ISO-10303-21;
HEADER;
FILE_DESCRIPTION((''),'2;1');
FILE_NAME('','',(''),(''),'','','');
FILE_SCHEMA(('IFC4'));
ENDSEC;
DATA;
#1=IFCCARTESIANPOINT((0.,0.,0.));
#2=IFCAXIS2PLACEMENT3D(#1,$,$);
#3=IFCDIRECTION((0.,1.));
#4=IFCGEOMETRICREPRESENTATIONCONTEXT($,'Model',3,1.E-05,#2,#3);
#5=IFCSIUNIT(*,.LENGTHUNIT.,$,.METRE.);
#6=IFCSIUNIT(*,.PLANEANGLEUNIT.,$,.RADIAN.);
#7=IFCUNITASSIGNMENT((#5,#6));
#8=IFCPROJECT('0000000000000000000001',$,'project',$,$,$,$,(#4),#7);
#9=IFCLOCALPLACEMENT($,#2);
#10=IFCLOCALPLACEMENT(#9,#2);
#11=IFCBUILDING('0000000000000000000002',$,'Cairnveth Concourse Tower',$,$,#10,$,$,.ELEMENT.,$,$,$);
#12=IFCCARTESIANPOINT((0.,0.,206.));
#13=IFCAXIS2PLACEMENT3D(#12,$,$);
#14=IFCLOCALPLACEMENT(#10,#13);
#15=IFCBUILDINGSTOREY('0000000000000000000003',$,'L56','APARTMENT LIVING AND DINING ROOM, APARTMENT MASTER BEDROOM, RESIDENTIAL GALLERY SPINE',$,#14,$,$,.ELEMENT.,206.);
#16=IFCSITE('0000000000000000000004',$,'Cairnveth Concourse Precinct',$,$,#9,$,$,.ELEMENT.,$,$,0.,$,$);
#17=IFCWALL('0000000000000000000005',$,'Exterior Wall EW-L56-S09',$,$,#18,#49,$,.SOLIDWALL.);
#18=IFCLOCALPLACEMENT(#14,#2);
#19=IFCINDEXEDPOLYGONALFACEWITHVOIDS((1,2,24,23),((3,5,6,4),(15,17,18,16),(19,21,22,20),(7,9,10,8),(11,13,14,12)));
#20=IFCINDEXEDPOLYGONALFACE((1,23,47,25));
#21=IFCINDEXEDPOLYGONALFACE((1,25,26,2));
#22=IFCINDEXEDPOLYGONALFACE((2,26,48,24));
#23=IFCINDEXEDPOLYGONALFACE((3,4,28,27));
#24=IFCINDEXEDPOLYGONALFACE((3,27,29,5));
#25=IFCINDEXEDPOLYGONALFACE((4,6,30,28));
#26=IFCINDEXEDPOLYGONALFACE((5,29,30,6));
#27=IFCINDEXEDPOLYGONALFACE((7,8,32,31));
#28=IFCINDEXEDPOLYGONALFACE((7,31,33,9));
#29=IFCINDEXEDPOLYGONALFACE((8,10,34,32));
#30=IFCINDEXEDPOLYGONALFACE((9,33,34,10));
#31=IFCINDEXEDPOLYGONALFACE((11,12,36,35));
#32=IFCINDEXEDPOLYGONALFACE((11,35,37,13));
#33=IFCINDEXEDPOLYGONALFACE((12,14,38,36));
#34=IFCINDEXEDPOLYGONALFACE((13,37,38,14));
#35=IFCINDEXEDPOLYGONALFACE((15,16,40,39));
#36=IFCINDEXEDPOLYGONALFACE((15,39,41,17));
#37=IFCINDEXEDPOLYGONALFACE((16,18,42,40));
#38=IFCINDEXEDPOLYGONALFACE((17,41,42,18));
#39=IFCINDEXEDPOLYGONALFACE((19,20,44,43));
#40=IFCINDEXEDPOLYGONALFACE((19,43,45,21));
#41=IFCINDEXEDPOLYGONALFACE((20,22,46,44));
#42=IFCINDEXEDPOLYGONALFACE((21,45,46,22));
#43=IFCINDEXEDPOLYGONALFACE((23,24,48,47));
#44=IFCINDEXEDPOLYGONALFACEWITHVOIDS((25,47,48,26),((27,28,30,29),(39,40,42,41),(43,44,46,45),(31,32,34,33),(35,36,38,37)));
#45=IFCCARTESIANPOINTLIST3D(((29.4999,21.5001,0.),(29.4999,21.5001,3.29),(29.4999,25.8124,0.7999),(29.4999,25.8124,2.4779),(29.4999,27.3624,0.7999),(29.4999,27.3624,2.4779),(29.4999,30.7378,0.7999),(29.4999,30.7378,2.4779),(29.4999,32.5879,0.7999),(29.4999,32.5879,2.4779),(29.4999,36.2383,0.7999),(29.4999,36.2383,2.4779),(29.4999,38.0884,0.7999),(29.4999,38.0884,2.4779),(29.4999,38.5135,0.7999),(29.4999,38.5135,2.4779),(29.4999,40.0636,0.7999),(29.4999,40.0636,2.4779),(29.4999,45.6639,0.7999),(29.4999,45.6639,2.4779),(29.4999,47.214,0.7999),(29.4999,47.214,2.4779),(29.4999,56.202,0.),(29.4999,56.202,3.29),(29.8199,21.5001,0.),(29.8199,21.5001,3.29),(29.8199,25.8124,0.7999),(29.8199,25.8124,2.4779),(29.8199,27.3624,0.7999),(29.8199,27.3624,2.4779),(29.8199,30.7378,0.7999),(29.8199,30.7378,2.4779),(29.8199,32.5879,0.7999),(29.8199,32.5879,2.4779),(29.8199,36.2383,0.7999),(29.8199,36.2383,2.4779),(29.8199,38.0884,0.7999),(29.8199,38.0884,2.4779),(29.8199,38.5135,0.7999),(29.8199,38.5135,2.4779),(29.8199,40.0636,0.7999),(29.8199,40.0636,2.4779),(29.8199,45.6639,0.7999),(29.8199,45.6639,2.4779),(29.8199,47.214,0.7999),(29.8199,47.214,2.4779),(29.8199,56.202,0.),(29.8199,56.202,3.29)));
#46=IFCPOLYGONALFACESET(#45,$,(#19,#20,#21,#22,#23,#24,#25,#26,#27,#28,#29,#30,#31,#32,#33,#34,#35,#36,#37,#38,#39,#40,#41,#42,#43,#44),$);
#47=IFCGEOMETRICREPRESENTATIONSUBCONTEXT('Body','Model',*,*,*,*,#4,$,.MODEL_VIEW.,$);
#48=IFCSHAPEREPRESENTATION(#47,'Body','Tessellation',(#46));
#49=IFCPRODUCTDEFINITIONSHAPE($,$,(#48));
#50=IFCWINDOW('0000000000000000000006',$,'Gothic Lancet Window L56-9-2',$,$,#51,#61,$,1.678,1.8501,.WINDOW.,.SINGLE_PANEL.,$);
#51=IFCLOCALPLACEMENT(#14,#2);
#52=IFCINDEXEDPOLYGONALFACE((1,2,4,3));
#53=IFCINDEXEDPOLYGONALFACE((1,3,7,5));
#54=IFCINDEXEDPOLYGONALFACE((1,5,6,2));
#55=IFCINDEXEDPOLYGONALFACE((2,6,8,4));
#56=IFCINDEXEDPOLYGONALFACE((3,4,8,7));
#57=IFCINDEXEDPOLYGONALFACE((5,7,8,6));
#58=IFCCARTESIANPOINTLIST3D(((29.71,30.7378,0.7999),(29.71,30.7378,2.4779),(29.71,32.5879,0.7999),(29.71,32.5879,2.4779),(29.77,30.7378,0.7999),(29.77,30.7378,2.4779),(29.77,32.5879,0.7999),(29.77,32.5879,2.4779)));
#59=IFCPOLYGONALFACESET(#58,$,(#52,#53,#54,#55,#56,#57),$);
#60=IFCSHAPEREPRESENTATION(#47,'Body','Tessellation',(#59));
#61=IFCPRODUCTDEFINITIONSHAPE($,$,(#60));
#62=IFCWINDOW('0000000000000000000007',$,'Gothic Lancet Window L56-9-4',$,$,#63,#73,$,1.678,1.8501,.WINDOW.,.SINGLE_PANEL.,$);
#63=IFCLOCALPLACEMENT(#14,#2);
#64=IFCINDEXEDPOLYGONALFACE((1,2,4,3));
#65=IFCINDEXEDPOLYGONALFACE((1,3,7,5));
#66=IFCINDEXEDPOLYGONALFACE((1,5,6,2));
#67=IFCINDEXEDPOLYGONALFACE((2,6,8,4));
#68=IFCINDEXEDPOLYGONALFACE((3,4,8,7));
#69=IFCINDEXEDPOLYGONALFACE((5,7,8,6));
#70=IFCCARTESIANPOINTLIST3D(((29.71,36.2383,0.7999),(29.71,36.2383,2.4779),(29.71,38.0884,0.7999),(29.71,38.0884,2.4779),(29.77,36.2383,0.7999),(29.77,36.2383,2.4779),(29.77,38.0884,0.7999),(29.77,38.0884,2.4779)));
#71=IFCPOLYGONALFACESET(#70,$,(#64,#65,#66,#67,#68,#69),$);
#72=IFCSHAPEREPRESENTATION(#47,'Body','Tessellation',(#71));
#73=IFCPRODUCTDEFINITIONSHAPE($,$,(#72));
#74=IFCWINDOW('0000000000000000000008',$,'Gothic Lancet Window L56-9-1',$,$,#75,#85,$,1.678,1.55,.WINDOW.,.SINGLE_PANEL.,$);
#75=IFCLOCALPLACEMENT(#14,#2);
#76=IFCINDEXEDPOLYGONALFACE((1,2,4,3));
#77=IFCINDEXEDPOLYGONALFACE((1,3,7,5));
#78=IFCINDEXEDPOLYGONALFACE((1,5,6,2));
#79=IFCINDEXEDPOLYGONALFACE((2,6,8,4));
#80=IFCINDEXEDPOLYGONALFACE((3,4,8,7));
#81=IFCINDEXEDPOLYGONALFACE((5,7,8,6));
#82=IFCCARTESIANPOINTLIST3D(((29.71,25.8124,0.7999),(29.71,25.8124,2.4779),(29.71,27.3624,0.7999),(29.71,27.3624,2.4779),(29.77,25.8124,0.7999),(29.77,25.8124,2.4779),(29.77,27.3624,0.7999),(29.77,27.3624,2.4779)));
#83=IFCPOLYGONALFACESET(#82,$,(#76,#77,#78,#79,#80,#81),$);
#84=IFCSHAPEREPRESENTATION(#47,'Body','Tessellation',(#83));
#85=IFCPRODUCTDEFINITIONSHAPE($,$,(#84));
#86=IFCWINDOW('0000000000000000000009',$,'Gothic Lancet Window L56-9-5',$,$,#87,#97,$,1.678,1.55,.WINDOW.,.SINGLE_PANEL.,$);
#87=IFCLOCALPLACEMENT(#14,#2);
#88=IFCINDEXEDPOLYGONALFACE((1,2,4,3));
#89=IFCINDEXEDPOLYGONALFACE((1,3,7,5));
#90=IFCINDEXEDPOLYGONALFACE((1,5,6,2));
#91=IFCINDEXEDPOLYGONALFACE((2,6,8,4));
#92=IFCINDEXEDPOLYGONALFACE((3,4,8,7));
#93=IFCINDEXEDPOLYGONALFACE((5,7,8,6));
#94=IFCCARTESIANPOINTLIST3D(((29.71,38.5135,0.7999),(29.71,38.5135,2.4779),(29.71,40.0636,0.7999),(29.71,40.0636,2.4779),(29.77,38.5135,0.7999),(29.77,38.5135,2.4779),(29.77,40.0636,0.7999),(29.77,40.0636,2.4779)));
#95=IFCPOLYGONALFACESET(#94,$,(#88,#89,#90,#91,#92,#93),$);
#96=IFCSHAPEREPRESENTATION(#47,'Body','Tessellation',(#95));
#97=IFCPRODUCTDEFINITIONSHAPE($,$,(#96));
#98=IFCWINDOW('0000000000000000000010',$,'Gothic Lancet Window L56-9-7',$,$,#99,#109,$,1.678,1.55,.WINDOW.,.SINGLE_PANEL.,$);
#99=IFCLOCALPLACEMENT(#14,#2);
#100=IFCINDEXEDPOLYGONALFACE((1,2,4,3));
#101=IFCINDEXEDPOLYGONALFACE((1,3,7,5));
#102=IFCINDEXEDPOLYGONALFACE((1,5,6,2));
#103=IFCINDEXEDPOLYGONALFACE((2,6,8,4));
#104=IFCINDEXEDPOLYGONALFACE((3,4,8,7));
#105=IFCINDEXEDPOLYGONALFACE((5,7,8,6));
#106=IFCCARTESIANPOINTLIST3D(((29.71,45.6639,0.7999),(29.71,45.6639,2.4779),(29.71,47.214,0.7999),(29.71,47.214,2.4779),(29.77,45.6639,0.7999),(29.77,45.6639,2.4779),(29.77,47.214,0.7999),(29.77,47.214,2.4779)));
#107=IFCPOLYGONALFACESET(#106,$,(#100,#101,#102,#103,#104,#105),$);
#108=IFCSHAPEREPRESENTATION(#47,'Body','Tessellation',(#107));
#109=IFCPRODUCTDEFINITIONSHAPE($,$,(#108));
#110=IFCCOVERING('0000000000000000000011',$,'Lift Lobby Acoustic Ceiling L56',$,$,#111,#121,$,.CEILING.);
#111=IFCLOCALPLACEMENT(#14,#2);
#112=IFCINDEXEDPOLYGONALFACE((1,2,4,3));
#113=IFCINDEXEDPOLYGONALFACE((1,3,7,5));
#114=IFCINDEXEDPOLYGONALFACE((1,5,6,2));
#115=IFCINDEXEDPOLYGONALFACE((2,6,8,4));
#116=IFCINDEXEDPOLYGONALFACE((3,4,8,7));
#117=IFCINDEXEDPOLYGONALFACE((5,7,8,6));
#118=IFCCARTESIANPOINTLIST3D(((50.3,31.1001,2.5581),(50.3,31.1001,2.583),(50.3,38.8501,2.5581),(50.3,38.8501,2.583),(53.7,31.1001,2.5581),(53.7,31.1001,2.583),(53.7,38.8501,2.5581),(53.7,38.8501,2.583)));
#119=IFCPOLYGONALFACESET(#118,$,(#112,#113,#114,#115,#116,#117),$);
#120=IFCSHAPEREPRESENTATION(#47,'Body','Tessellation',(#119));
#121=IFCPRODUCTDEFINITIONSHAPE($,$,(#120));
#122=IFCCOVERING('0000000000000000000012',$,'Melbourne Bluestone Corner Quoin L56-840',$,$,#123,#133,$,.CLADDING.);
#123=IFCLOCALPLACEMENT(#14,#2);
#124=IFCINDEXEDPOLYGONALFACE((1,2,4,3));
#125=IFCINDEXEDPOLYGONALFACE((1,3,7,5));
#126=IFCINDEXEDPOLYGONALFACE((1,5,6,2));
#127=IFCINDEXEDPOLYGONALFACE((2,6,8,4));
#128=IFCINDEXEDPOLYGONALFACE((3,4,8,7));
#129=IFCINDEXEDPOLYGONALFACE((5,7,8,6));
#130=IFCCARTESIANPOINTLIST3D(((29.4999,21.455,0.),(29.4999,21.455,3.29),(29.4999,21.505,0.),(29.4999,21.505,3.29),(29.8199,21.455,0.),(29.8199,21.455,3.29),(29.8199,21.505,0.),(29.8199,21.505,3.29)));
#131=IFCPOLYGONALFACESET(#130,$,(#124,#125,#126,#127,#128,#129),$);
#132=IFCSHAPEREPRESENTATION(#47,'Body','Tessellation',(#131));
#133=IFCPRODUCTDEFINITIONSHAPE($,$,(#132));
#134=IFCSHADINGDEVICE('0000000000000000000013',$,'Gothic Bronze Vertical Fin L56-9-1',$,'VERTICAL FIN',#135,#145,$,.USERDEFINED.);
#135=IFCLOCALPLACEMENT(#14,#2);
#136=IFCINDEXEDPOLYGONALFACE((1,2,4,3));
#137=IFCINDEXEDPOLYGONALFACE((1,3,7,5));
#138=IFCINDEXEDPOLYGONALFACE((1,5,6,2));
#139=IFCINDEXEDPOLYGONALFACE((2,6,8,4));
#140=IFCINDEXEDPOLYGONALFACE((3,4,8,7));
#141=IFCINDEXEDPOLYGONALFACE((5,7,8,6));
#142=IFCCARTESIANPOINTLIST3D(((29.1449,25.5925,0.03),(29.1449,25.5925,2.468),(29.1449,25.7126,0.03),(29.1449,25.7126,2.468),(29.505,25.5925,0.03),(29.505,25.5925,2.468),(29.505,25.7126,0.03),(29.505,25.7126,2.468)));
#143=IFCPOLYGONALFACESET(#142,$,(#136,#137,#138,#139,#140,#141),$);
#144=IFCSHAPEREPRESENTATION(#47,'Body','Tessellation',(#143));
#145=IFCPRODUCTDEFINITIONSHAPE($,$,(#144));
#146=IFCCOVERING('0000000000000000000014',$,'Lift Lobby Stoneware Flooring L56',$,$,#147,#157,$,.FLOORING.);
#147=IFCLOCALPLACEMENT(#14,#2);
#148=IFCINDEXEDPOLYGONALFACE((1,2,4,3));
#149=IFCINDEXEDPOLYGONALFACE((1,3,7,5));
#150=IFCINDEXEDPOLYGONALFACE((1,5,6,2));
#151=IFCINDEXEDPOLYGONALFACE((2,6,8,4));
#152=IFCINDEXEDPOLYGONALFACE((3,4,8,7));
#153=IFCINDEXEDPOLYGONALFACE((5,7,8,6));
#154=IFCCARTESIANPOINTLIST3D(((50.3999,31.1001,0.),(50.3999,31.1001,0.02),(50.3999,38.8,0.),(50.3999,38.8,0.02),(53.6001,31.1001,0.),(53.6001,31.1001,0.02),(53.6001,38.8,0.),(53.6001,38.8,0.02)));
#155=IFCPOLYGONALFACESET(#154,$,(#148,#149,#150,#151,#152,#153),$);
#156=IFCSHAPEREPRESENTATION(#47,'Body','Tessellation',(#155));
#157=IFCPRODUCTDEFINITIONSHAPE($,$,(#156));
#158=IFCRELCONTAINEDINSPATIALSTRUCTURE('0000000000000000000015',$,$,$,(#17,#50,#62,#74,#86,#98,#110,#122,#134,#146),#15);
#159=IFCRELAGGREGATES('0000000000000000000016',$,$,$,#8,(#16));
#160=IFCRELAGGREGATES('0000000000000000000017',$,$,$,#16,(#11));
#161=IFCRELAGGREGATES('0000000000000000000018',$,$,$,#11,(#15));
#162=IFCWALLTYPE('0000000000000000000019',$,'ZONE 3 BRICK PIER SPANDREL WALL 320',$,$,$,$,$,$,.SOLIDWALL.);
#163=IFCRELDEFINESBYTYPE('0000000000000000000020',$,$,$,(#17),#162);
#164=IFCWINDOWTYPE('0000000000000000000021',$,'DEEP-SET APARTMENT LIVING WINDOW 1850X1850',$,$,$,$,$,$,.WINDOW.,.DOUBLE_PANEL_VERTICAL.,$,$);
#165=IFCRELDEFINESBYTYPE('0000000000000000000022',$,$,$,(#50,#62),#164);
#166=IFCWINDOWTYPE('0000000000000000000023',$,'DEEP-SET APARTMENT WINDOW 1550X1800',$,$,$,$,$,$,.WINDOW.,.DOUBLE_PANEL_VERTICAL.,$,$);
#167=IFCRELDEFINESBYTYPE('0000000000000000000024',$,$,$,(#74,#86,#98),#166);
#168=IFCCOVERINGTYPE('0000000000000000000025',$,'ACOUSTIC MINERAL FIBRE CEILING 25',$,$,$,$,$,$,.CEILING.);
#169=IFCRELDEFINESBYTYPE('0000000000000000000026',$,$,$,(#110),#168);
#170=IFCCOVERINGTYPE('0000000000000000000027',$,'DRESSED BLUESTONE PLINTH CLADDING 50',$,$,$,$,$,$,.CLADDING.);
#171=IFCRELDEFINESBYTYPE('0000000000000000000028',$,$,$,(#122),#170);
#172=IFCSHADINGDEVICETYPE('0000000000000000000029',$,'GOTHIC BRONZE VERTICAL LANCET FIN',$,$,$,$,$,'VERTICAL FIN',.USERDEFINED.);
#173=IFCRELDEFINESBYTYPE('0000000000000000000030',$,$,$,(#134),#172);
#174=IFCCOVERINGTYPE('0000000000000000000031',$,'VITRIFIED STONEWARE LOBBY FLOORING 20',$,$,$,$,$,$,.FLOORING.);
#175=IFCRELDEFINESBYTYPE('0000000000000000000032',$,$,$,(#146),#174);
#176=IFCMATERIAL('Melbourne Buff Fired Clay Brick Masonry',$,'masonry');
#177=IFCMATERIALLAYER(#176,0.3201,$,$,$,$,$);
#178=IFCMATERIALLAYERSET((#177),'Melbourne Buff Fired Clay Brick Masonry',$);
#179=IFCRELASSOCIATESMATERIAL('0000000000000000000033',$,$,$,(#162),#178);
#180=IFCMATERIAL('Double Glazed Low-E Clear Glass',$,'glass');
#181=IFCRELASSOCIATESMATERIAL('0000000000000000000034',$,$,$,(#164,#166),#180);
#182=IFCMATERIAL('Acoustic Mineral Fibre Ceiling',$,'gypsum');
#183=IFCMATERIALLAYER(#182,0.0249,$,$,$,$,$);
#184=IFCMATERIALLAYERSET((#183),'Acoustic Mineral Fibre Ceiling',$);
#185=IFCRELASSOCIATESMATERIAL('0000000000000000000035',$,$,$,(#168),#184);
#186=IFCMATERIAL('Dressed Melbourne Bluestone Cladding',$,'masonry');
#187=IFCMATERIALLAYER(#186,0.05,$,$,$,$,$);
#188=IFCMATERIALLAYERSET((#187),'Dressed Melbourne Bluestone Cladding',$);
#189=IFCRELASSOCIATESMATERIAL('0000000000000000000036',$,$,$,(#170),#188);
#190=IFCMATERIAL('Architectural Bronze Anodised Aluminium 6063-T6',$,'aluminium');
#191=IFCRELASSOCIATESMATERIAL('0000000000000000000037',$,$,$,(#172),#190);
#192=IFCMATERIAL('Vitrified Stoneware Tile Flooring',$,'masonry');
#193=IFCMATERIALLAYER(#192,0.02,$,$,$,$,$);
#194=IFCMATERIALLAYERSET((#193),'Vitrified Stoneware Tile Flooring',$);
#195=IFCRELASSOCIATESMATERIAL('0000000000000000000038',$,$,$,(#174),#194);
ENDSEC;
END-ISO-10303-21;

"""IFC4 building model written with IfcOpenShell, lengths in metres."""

from ifc_helpers import new_model, si_unit, direction, frame, frame_2d, origin, origin_2d, place, context, subcontext, project, spatial, polyline, rectangle, outline, extrude, material, layer, layer_set, type_object, element, fill, save


model = new_model("IFC4")

# Units and contexts
model_context = context("Model", 3, precision=1e-05, world=origin(), true_north=direction((0.0, 1.0)))
body_context = subcontext(model_context, "Body", "Model", "MODEL_VIEW")
ifc_project = project(units=[si_unit("LENGTHUNIT", "METRE"), si_unit("PLANEANGLEUNIT", "RADIAN")], contexts=[model_context])

# Site, building, storey
site_placement = place(None, origin())
site = spatial("IfcSite", under=ifc_project, at=site_placement, Name="Cairnveth Concourse Precinct", CompositionType="ELEMENT", RefElevation=0.0)
building_placement = place(site_placement, origin())
building = spatial("IfcBuilding", under=site, at=building_placement, Name="Cairnveth Concourse Tower", CompositionType="ELEMENT")
storey_placement = place(building_placement, frame((0.0, 0.0, 206.0)))
storey = spatial("IfcBuildingStorey", under=building, at=storey_placement, Name="L56", Description="APARTMENT LIVING AND DINING ROOM, APARTMENT MASTER BEDROOM, RESIDENTIAL GALLERY SPINE", CompositionType="ELEMENT", Elevation=206.0)

# Wall, openings, windows
ifc_material_1 = material(Name="Melbourne Buff Fired Clay Brick Masonry", Category="masonry")
ifc_layer_1 = layer(ifc_material_1, 0.3201)
ifc_layer_set_1 = layer_set([ifc_layer_1], Name="Melbourne Buff Fired Clay Brick Masonry")
wall_type_1 = type_object("IfcWallType", Name="ZONE 3 BRICK PIER SPANDREL WALL 320", PredefinedType="SOLIDWALL", material=ifc_layer_set_1)
wall_1_placement = place(storey_placement, frame((29.6599, 21.5, 0.0), z_axis=(0.0, 0.0, 1.0), x_axis=(0.0, 1.0, 0.0)))
wall_1 = element("IfcWall", 1, at=wall_1_placement, inside=storey, type_object=wall_type_1, Name="Exterior Wall EW-L56-S09", PredefinedType="SOLIDWALL", context=body_context, shape_type="SweptSolid", body=[
    extrude(rectangle(XDim=34.7019, YDim=0.3201, at=frame_2d((17.3511, 0.0))), origin(), (0.0, 0.0, 1.0), 3.29),
])
opening_1_placement = place(wall_1_placement, frame((4.3125, 0.0, 0.8)))
opening_1 = element("IfcOpeningElement", 2, at=opening_1_placement, cuts=wall_1, PredefinedType="OPENING", context=body_context, shape_type="SweptSolid", body=[
    extrude(rectangle(XDim=1.55, YDim=1.678, at=frame_2d((0.7749, 0.8389))), frame((0.0, 0.1699, 0.0), z_axis=(0.0, -1.0, 0.0), x_axis=(1.0, 0.0, 0.0)), (0.0, 0.0, 1.0), 0.3401),
])
opening_2_placement = place(wall_1_placement, frame((9.2378, 0.0, 0.8)))
opening_2 = element("IfcOpeningElement", 3, at=opening_2_placement, cuts=wall_1, PredefinedType="OPENING", context=body_context, shape_type="SweptSolid", body=[
    extrude(rectangle(XDim=1.8501, YDim=1.678, at=frame_2d((0.925, 0.8389))), frame((0.0, 0.1699, 0.0), z_axis=(0.0, -1.0, 0.0), x_axis=(1.0, 0.0, 0.0)), (0.0, 0.0, 1.0), 0.3401),
])
opening_3_placement = place(wall_1_placement, frame((14.7383, 0.0, 0.8)))
opening_3 = element("IfcOpeningElement", 4, at=opening_3_placement, cuts=wall_1, PredefinedType="OPENING", context=body_context, shape_type="SweptSolid", body=[
    extrude(rectangle(XDim=1.8501, YDim=1.678, at=frame_2d((0.925, 0.8389))), frame((0.0, 0.1699, 0.0), z_axis=(0.0, -1.0, 0.0), x_axis=(1.0, 0.0, 0.0)), (0.0, 0.0, 1.0), 0.3401),
])
opening_4_placement = place(wall_1_placement, frame((17.0137, 0.0, 0.8)))
opening_4 = element("IfcOpeningElement", 5, at=opening_4_placement, cuts=wall_1, PredefinedType="OPENING", context=body_context, shape_type="SweptSolid", body=[
    extrude(rectangle(XDim=1.55, YDim=1.678, at=frame_2d((0.7749, 0.8389))), frame((0.0, 0.1699, 0.0), z_axis=(0.0, -1.0, 0.0), x_axis=(1.0, 0.0, 0.0)), (0.0, 0.0, 1.0), 0.3401),
])
opening_5_placement = place(wall_1_placement, frame((24.1641, 0.0, 0.8)))
opening_5 = element("IfcOpeningElement", 6, at=opening_5_placement, cuts=wall_1, PredefinedType="OPENING", context=body_context, shape_type="SweptSolid", body=[
    extrude(rectangle(XDim=1.55, YDim=1.678, at=frame_2d((0.7749, 0.8389))), frame((0.0, 0.1699, 0.0), z_axis=(0.0, -1.0, 0.0), x_axis=(1.0, 0.0, 0.0)), (0.0, 0.0, 1.0), 0.3401),
])
ifc_material_2 = material(Name="Double Glazed Low-E Clear Glass", Category="glass")
window_type_1 = type_object("IfcWindowType", Name="DEEP-SET APARTMENT LIVING WINDOW 1850X1850", PartitioningType="DOUBLE_PANEL_VERTICAL", PredefinedType="WINDOW", material=ifc_material_2)
window_1_placement = place(opening_2_placement, origin())
window_1 = element("IfcWindow", 7, at=window_1_placement, inside=storey, type_object=window_type_1, Name="Gothic Lancet Window L56-9-2", OverallHeight=1.678, OverallWidth=1.8501, PartitioningType="SINGLE_PANEL", PredefinedType="WINDOW", context=body_context, shape_type="SweptSolid", body=[
    extrude(rectangle(XDim=1.8501, YDim=1.678, at=frame_2d((0.925, 0.8389))), frame((0.0, -0.05, 0.0), z_axis=(0.0, -1.0, 0.0), x_axis=(1.0, 0.0, 0.0)), (0.0, 0.0, 1.0), 0.0601),
])
fill(opening_2, window_1)
window_2_placement = place(opening_3_placement, origin())
window_2 = element("IfcWindow", 8, at=window_2_placement, inside=storey, type_object=window_type_1, Name="Gothic Lancet Window L56-9-4", OverallHeight=1.678, OverallWidth=1.8501, PartitioningType="SINGLE_PANEL", PredefinedType="WINDOW", context=body_context, shape_type="SweptSolid", body=[
    extrude(rectangle(XDim=1.8501, YDim=1.678, at=frame_2d((0.925, 0.8389))), frame((0.0, -0.05, 0.0), z_axis=(0.0, -1.0, 0.0), x_axis=(1.0, 0.0, 0.0)), (0.0, 0.0, 1.0), 0.0601),
])
fill(opening_3, window_2)
window_type_2 = type_object("IfcWindowType", Name="DEEP-SET APARTMENT WINDOW 1550X1800", PartitioningType="DOUBLE_PANEL_VERTICAL", PredefinedType="WINDOW", material=ifc_material_2)
window_3_placement = place(opening_1_placement, origin())
window_3 = element("IfcWindow", 9, at=window_3_placement, inside=storey, type_object=window_type_2, Name="Gothic Lancet Window L56-9-1", OverallHeight=1.678, OverallWidth=1.55, PartitioningType="SINGLE_PANEL", PredefinedType="WINDOW", context=body_context, shape_type="SweptSolid", body=[
    extrude(rectangle(XDim=1.55, YDim=1.678, at=frame_2d((0.7749, 0.8389))), frame((0.0, -0.05, 0.0), z_axis=(0.0, -1.0, 0.0), x_axis=(1.0, 0.0, 0.0)), (0.0, 0.0, 1.0), 0.0601),
])
fill(opening_1, window_3)
window_4_placement = place(opening_4_placement, origin())
window_4 = element("IfcWindow", 10, at=window_4_placement, inside=storey, type_object=window_type_2, Name="Gothic Lancet Window L56-9-5", OverallHeight=1.678, OverallWidth=1.55, PartitioningType="SINGLE_PANEL", PredefinedType="WINDOW", context=body_context, shape_type="SweptSolid", body=[
    extrude(rectangle(XDim=1.55, YDim=1.678, at=frame_2d((0.7749, 0.8389))), frame((0.0, -0.05, 0.0), z_axis=(0.0, -1.0, 0.0), x_axis=(1.0, 0.0, 0.0)), (0.0, 0.0, 1.0), 0.0601),
])
fill(opening_4, window_4)
window_5_placement = place(opening_5_placement, origin())
window_5 = element("IfcWindow", 11, at=window_5_placement, inside=storey, type_object=window_type_2, Name="Gothic Lancet Window L56-9-7", OverallHeight=1.678, OverallWidth=1.55, PartitioningType="SINGLE_PANEL", PredefinedType="WINDOW", context=body_context, shape_type="SweptSolid", body=[
    extrude(rectangle(XDim=1.55, YDim=1.678, at=frame_2d((0.7749, 0.8389))), frame((0.0, -0.05, 0.0), z_axis=(0.0, -1.0, 0.0), x_axis=(1.0, 0.0, 0.0)), (0.0, 0.0, 1.0), 0.0601),
])
fill(opening_5, window_5)

# Coverings
ifc_material_3 = material(Name="Acoustic Mineral Fibre Ceiling", Category="gypsum")
ifc_layer_2 = layer(ifc_material_3, 0.0249)
ifc_layer_set_2 = layer_set([ifc_layer_2], Name="Acoustic Mineral Fibre Ceiling")
covering_type_1 = type_object("IfcCoveringType", Name="ACOUSTIC MINERAL FIBRE CEILING 25", PredefinedType="CEILING", material=ifc_layer_set_2)
covering_1_placement = place(storey_placement, frame((0.0, 0.0, 2.5581)))
element("IfcCovering", 12, at=covering_1_placement, inside=storey, type_object=covering_type_1, Name="Lift Lobby Acoustic Ceiling L56", PredefinedType="CEILING", context=body_context, shape_type="SweptSolid", body=[
    extrude(outline(polyline([(50.3, 31.1001), (53.7, 31.1001), (53.7, 38.8501), (50.3, 38.8501), (50.3, 31.1001)])), origin(), (0.0, 0.0, 1.0), 0.0249),
])
ifc_material_4 = material(Name="Dressed Melbourne Bluestone Cladding", Category="masonry")
ifc_layer_3 = layer(ifc_material_4, 0.05)
ifc_layer_set_3 = layer_set([ifc_layer_3], Name="Dressed Melbourne Bluestone Cladding")
covering_type_2 = type_object("IfcCoveringType", Name="DRESSED BLUESTONE PLINTH CLADDING 50", PredefinedType="CLADDING", material=ifc_layer_set_3)
covering_2_placement = place(storey_placement, frame((29.8201, 21.48, 0.0), z_axis=(0.0, 0.0, 1.0), x_axis=(-1.0, 0.0, 0.0)))
element("IfcCovering", 13, at=covering_2_placement, inside=storey, type_object=covering_type_2, Name="Melbourne Bluestone Corner Quoin L56-840", PredefinedType="CLADDING", context=body_context, shape_type="SweptSolid", body=[
    extrude(rectangle(XDim=0.3201, YDim=0.05, at=frame_2d((0.1602, 0.0))), origin(), (0.0, 0.0, 1.0), 3.29),
])

# Shading device
ifc_material_5 = material(Name="Architectural Bronze Anodised Aluminium 6063-T6", Category="aluminium")
shading_device_type_1 = type_object("IfcShadingDeviceType", Name="GOTHIC BRONZE VERTICAL LANCET FIN", ElementType="VERTICAL FIN", PredefinedType="USERDEFINED", material=ifc_material_5)
shading_device_1_placement = place(storey_placement, frame((29.325, 25.6526, 0.03), z_axis=(0.0, 0.0, 1.0), x_axis=(0.0, 1.0, 0.0)))
element("IfcShadingDevice", 14, at=shading_device_1_placement, inside=storey, type_object=shading_device_type_1, Name="Gothic Bronze Vertical Fin L56-9-1", ObjectType="VERTICAL FIN", PredefinedType="USERDEFINED", context=body_context, shape_type="SweptSolid", body=[
    extrude(rectangle(XDim=0.1201, YDim=0.3601, at=origin_2d()), origin(), (0.0, 0.0, 1.0), 2.438),
])

# Covering
ifc_material_6 = material(Name="Vitrified Stoneware Tile Flooring", Category="masonry")
ifc_layer_4 = layer(ifc_material_6, 0.02)
ifc_layer_set_4 = layer_set([ifc_layer_4], Name="Vitrified Stoneware Tile Flooring")
covering_type_3 = type_object("IfcCoveringType", Name="VITRIFIED STONEWARE LOBBY FLOORING 20", PredefinedType="FLOORING", material=ifc_layer_set_4)
covering_3_placement = place(storey_placement, origin())
element("IfcCovering", 15, at=covering_3_placement, inside=storey, type_object=covering_type_3, Name="Lift Lobby Stoneware Flooring L56", PredefinedType="FLOORING", context=body_context, shape_type="SweptSolid", body=[
    extrude(outline(polyline([(50.3999, 31.1001), (53.6001, 31.1001), (53.6001, 38.8), (50.3999, 38.8), (50.3999, 31.1001)])), origin(), (0.0, 0.0, 1.0), 0.02),
])

save(model, "model.ifc")
